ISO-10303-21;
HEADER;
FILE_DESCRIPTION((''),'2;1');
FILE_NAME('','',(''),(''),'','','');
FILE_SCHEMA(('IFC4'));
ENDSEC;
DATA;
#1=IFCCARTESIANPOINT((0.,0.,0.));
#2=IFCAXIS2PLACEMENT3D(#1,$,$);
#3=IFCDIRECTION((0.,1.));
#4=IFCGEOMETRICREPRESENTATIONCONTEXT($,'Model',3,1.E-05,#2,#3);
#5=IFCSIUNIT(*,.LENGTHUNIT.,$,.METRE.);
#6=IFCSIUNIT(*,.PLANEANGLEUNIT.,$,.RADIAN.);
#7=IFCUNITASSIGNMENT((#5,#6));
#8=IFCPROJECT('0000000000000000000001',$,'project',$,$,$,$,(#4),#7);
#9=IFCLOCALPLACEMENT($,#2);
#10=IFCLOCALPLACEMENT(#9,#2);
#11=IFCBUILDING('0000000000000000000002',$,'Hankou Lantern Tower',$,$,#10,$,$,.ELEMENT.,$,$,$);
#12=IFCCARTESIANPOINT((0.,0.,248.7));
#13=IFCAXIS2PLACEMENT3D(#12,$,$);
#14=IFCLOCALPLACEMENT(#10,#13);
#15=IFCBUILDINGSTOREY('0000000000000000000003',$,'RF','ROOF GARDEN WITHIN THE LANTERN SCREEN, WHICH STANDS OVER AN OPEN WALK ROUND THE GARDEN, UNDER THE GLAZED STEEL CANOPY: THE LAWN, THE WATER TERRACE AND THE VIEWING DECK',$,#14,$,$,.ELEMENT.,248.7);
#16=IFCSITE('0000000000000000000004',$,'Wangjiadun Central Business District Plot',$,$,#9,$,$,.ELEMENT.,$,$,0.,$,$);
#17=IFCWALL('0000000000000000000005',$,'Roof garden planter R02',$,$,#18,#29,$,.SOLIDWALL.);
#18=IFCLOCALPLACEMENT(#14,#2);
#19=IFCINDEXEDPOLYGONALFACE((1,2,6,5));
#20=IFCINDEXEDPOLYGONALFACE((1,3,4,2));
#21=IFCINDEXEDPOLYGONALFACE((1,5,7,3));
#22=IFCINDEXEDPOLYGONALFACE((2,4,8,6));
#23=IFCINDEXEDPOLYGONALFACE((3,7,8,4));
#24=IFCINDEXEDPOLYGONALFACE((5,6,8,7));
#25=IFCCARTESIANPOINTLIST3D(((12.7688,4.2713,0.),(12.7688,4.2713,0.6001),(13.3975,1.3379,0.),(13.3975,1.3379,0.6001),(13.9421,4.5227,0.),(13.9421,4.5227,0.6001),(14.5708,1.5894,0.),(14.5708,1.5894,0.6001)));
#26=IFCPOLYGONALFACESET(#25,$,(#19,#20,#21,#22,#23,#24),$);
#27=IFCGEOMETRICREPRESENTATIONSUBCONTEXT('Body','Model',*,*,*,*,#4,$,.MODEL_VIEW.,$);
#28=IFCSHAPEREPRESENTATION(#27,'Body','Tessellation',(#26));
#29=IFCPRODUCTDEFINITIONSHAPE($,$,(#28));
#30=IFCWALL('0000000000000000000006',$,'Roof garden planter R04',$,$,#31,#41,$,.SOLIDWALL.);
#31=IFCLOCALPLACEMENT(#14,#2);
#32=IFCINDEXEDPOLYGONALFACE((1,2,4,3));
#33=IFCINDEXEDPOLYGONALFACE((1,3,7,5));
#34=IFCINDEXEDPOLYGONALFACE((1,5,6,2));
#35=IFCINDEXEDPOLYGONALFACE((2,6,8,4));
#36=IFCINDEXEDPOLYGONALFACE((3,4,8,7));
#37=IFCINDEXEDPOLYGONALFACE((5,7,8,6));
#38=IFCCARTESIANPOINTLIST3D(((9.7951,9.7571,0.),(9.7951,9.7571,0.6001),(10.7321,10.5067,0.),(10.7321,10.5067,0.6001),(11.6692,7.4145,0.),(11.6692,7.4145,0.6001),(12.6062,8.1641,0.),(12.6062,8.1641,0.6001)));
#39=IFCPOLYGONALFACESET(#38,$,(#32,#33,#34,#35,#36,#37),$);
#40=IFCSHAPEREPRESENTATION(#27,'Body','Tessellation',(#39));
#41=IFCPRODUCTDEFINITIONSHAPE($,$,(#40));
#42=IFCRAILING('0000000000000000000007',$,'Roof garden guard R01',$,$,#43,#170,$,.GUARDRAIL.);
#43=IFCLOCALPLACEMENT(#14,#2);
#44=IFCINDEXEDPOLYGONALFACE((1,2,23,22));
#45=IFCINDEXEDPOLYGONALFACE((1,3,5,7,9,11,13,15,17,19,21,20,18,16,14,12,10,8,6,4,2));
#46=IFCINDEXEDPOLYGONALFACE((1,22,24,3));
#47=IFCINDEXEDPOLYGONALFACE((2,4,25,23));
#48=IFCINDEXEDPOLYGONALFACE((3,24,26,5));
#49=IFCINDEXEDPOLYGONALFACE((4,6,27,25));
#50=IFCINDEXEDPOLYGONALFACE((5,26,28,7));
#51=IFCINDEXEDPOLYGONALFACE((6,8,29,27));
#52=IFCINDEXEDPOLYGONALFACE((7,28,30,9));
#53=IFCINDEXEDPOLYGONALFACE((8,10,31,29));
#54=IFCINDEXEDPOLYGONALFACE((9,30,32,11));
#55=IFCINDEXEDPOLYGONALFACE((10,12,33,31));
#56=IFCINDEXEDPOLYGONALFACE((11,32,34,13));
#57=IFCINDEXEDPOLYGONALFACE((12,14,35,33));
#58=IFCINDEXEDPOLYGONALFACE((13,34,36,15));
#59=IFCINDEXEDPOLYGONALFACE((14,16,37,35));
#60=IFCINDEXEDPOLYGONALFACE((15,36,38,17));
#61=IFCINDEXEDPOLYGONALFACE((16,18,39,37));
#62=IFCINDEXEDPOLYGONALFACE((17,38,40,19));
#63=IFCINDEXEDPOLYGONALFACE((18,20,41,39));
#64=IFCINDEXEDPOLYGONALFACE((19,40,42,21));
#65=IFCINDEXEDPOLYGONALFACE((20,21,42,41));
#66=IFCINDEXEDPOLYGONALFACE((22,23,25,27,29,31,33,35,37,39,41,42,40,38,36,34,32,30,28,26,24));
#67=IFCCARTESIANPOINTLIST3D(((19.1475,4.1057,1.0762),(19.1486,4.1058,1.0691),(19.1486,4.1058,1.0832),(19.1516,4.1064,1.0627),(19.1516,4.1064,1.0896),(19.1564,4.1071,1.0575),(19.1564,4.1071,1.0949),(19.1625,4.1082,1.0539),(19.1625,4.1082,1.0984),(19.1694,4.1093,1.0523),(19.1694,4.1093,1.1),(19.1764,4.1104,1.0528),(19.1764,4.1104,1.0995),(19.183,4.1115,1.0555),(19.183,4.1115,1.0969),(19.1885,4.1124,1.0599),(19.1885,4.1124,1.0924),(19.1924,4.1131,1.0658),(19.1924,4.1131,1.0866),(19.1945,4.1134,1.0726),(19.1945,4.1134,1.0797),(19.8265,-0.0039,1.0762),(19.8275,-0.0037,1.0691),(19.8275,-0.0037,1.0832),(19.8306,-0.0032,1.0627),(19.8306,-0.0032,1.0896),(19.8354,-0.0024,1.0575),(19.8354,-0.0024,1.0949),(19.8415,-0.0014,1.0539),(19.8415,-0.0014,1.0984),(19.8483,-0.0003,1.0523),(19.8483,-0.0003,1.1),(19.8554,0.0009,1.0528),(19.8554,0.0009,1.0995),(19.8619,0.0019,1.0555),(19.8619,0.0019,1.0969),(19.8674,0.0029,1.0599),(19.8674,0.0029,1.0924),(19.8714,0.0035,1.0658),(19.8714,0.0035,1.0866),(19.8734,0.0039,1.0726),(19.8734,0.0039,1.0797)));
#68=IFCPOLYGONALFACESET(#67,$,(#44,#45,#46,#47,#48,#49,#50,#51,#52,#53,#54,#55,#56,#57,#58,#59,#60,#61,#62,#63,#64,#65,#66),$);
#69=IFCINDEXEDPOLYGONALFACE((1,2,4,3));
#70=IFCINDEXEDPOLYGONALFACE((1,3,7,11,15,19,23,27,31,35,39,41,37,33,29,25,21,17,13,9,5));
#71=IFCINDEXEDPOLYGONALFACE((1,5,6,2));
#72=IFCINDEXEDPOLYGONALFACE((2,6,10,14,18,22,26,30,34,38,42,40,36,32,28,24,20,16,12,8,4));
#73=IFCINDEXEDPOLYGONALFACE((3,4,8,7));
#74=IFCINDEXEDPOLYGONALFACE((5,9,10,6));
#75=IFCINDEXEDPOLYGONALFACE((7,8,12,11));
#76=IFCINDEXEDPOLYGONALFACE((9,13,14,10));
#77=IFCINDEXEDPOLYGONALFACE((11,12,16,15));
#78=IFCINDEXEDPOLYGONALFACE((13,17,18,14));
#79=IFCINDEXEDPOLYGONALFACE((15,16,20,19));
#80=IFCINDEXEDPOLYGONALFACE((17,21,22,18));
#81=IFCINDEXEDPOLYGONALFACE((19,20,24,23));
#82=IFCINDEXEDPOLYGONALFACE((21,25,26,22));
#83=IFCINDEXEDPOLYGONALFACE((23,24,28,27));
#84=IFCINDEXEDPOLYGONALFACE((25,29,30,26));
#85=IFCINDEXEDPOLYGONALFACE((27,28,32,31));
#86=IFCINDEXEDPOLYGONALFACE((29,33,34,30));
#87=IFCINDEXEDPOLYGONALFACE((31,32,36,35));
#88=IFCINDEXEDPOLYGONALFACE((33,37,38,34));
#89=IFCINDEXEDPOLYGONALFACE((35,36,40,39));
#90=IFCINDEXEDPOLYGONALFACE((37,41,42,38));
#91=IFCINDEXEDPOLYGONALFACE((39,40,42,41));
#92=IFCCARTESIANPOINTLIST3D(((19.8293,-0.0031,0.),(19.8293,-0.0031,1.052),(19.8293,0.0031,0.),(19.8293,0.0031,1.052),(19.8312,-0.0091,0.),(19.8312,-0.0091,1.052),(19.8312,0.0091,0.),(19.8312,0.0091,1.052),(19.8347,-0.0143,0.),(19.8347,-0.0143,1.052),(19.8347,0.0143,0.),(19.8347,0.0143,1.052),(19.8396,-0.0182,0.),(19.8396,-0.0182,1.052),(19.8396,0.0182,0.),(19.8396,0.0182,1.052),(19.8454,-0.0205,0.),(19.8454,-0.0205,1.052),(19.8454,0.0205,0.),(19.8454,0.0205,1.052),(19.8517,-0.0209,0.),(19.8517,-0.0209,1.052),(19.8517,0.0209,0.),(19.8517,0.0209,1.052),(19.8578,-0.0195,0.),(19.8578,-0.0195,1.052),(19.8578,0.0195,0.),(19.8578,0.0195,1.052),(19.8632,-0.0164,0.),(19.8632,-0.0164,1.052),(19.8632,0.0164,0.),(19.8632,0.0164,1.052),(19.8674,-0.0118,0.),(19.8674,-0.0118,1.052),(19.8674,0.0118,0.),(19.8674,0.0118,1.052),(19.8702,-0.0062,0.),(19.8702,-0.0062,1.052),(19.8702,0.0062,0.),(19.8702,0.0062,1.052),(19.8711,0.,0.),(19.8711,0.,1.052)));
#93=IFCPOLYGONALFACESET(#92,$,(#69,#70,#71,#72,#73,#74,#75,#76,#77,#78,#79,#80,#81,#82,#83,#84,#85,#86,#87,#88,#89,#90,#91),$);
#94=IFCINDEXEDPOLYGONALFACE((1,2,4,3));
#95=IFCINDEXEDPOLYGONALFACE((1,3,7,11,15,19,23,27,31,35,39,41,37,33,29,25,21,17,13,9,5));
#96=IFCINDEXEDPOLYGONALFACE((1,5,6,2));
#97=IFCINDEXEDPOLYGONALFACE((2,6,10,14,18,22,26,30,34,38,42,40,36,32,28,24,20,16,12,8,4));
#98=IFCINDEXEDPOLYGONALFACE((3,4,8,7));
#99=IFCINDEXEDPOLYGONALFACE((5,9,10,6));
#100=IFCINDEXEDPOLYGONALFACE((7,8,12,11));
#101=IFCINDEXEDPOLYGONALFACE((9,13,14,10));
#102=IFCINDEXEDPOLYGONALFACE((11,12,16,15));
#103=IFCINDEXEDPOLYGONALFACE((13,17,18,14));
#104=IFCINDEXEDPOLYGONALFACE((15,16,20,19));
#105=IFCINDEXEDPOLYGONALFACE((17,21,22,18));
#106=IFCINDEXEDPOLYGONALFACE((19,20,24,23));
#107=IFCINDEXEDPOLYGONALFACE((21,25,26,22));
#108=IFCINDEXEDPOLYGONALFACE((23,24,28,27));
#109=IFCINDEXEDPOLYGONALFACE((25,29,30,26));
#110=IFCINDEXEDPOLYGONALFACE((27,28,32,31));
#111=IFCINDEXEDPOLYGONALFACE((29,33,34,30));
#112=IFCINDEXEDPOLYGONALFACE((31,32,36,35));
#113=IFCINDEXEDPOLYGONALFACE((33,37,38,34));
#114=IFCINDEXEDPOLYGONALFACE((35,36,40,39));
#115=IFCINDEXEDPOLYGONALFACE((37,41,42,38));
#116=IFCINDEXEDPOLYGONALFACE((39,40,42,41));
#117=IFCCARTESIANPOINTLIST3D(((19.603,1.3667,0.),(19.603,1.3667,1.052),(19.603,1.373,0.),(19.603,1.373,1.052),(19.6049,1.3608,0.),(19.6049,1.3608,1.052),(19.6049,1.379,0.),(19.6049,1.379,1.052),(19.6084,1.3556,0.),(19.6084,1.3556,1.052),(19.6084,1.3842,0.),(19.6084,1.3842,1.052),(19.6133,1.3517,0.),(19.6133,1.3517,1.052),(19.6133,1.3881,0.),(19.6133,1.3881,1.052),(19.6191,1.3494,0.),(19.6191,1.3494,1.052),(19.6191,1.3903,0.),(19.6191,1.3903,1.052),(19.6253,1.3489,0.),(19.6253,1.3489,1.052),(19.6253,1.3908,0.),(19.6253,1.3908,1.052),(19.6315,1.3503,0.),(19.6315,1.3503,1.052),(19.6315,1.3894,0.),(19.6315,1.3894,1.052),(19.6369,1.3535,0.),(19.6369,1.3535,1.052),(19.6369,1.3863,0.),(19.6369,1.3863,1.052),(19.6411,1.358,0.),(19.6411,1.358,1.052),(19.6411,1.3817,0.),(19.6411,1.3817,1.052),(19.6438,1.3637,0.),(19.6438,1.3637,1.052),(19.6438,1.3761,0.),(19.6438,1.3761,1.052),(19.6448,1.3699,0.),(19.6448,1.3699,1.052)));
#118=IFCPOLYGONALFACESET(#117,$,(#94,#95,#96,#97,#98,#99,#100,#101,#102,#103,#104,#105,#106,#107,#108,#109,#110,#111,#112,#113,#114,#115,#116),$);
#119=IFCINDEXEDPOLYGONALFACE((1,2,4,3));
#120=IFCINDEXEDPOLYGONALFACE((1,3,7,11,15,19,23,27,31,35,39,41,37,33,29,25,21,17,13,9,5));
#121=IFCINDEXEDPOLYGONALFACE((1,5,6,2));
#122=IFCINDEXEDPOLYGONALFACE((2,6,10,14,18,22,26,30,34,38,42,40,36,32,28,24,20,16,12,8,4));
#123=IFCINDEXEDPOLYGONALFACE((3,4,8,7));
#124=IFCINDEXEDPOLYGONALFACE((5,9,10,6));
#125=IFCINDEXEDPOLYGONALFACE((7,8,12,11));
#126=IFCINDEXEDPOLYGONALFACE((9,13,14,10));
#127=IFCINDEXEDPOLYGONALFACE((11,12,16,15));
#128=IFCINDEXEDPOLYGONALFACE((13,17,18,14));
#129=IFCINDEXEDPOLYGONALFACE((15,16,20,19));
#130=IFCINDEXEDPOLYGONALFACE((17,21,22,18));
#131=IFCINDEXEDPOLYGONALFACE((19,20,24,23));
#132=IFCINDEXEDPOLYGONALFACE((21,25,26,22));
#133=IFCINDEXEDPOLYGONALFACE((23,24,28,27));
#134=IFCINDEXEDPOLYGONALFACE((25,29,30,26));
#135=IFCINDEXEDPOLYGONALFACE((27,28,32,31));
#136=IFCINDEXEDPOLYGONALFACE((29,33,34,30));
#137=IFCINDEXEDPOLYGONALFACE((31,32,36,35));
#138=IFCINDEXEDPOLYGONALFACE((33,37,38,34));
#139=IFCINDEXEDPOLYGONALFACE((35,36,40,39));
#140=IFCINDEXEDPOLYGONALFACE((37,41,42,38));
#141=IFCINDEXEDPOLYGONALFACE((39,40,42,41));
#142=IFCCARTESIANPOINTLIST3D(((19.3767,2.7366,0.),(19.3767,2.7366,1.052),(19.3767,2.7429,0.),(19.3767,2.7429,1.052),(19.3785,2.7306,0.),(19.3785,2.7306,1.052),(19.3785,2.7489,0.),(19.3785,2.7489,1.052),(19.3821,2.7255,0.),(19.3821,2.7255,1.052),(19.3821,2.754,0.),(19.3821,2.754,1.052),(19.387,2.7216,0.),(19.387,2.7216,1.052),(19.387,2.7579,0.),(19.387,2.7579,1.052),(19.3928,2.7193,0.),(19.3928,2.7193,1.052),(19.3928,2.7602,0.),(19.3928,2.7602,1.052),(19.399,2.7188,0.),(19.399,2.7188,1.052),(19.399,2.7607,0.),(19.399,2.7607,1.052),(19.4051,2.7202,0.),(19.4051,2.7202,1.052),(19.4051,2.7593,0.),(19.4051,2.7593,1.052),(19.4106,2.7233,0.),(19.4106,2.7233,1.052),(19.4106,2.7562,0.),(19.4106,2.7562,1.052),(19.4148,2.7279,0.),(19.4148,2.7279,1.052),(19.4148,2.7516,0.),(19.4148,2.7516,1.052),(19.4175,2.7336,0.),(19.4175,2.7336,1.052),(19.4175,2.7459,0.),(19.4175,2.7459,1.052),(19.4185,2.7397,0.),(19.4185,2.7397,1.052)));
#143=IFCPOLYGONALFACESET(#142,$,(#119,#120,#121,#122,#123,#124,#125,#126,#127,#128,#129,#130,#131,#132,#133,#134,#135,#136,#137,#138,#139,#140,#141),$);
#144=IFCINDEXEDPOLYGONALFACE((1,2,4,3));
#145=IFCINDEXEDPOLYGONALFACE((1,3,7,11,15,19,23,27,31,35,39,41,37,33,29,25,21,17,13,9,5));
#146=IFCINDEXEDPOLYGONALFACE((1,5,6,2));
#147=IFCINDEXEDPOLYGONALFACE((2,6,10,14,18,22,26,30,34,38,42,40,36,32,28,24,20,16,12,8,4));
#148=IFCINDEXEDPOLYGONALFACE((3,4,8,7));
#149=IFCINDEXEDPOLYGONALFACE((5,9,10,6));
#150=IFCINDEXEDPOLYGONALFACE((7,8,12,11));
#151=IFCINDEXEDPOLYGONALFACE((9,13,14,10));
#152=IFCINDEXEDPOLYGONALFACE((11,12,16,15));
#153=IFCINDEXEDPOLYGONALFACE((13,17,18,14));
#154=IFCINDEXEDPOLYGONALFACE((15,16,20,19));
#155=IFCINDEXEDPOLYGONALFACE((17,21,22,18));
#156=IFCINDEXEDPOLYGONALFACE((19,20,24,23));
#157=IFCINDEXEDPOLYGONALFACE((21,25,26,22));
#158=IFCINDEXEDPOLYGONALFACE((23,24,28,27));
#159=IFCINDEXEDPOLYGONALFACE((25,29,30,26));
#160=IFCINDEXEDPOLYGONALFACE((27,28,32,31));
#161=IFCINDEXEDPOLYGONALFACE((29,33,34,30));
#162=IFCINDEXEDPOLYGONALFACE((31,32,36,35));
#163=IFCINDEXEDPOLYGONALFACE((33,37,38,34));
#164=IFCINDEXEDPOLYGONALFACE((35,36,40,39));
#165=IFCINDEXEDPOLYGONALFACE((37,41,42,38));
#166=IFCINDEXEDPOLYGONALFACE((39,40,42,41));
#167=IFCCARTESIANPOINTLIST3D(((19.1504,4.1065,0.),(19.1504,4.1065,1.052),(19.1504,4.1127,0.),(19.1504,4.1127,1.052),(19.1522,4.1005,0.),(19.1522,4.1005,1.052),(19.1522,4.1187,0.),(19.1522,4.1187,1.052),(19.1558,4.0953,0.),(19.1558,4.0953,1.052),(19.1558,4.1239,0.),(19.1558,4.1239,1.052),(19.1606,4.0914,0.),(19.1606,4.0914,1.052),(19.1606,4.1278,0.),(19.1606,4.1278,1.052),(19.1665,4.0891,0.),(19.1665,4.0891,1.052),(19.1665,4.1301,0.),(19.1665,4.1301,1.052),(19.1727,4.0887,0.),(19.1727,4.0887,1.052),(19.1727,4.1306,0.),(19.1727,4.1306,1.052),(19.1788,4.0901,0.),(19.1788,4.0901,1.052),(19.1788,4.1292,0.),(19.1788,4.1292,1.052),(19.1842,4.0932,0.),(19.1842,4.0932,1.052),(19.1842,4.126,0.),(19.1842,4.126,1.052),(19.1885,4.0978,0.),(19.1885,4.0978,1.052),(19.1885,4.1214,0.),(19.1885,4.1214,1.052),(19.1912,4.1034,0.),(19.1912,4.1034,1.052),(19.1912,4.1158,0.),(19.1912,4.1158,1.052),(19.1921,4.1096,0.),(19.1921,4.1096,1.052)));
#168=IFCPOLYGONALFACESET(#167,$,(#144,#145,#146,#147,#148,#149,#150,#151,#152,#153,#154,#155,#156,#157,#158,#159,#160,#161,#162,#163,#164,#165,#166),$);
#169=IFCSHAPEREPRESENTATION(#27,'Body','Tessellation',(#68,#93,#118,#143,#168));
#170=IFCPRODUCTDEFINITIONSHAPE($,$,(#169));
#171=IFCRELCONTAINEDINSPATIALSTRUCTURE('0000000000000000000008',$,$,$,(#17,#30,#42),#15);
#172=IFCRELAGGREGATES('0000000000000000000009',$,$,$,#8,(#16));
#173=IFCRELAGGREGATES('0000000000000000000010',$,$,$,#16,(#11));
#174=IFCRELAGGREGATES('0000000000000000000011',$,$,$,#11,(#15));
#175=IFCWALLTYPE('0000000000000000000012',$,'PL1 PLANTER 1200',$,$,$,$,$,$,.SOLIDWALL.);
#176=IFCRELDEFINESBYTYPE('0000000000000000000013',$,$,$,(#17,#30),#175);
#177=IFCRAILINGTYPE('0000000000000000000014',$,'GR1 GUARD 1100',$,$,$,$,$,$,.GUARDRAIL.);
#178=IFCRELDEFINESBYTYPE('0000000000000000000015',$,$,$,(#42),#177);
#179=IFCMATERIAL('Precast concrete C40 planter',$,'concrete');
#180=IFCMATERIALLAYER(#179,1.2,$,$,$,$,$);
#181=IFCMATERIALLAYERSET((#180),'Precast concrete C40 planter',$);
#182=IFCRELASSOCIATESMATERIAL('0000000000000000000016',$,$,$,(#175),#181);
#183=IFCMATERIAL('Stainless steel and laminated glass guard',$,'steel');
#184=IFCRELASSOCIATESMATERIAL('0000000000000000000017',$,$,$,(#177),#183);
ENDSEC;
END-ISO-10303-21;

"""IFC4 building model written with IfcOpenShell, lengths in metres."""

from ifc_helpers import new_model, si_unit, direction, frame, frame_2d, origin, origin_2d, place, context, subcontext, project, spatial, rectangle, circle, extrude, material, layer, layer_set, type_object, element, save


model = new_model("IFC4")

# Units and contexts
model_context = context("Model", 3, precision=1e-05, world=origin(), true_north=direction((0.0, 1.0)))
body_context = subcontext(model_context, "Body", "Model", "MODEL_VIEW")
ifc_project = project(units=[si_unit("LENGTHUNIT", "METRE"), si_unit("PLANEANGLEUNIT", "RADIAN")], contexts=[model_context])

# Site, building, storey
site_placement = place(None, origin())
site = spatial("IfcSite", under=ifc_project, at=site_placement, Name="Wangjiadun Central Business District Plot", CompositionType="ELEMENT", RefElevation=0.0)
building_placement = place(site_placement, origin())
building = spatial("IfcBuilding", under=site, at=building_placement, Name="Hankou Lantern Tower", CompositionType="ELEMENT")
storey_placement = place(building_placement, frame((0.0, 0.0, 248.7)))
storey = spatial("IfcBuildingStorey", under=building, at=storey_placement, Name="RF", Description="ROOF GARDEN WITHIN THE LANTERN SCREEN, WHICH STANDS OVER AN OPEN WALK ROUND THE GARDEN, UNDER THE GLAZED STEEL CANOPY: THE LAWN, THE WATER TERRACE AND THE VIEWING DECK", CompositionType="ELEMENT", Elevation=248.7)

# Walls
ifc_material_1 = material(Name="Precast concrete C40 planter", Category="concrete")
ifc_layer_1 = layer(ifc_material_1, 1.2)
ifc_layer_set_1 = layer_set([ifc_layer_1], Name="Precast concrete C40 planter")
wall_type = type_object("IfcWallType", Name="PL1 PLANTER 1200", PredefinedType="SOLIDWALL", material=ifc_layer_set_1)
for number, where, z_axis, x_axis, name in (
    (1, (13.9841, 1.4636, 0.0), (0.0, 0.0, 1.0), (-0.209557, 0.977796, 0.0), "Roof garden planter R02"),
    (2, (12.1377, 7.7893, 0.0), (0.0, 0.0, 1.0), (-0.624695, 0.780869, 0.0), "Roof garden planter R04"),
):
    element("IfcWall", number, at=place(storey_placement, frame(where, z_axis=z_axis, x_axis=x_axis)), inside=storey, type_object=wall_type, Name=name, PredefinedType="SOLIDWALL", context=body_context, shape_type="SweptSolid", body=[
        extrude(rectangle(XDim=3.0, YDim=1.2, at=frame_2d((1.5, 0.0))), origin(), (0.0, 0.0, 1.0), 0.6001),
    ])

# Railing
ifc_material_2 = material(Name="Stainless steel and laminated glass guard", Category="steel")
railing_type = type_object("IfcRailingType", Name="GR1 GUARD 1100", PredefinedType="GUARDRAIL", material=ifc_material_2)
railing_1_placement = place(storey_placement, frame((19.8501, 0.0, 0.0)))
element("IfcRailing", 3, at=railing_1_placement, inside=storey, type_object=railing_type, Name="Roof garden guard R01", PredefinedType="GUARDRAIL", context=body_context, shape_type="SweptSolid", body=[
    extrude(circle(Radius=0.0239, at=origin_2d()), frame((0.0, 0.0, 1.0762), z_axis=(-0.163002, 0.986626, 0.0), x_axis=(-0.986626, -0.163002, 0.0)), (0.0, 0.0, 1.0), 4.1653),
    extrude(circle(Radius=0.021, at=origin_2d()), origin(), (0.0, 0.0, 1.0), 1.052),
    extrude(circle(Radius=0.021, at=origin_2d()), frame((-0.2263, 1.3699, 0.0)), (0.0, 0.0, 1.0), 1.052),
    extrude(circle(Radius=0.021, at=origin_2d()), frame((-0.4526, 2.7397, 0.0)), (0.0, 0.0, 1.0), 1.052),
    extrude(circle(Radius=0.021, at=origin_2d()), frame((-0.679, 4.1096, 0.0)), (0.0, 0.0, 1.0), 1.052),
])

save(model, "model.ifc")
